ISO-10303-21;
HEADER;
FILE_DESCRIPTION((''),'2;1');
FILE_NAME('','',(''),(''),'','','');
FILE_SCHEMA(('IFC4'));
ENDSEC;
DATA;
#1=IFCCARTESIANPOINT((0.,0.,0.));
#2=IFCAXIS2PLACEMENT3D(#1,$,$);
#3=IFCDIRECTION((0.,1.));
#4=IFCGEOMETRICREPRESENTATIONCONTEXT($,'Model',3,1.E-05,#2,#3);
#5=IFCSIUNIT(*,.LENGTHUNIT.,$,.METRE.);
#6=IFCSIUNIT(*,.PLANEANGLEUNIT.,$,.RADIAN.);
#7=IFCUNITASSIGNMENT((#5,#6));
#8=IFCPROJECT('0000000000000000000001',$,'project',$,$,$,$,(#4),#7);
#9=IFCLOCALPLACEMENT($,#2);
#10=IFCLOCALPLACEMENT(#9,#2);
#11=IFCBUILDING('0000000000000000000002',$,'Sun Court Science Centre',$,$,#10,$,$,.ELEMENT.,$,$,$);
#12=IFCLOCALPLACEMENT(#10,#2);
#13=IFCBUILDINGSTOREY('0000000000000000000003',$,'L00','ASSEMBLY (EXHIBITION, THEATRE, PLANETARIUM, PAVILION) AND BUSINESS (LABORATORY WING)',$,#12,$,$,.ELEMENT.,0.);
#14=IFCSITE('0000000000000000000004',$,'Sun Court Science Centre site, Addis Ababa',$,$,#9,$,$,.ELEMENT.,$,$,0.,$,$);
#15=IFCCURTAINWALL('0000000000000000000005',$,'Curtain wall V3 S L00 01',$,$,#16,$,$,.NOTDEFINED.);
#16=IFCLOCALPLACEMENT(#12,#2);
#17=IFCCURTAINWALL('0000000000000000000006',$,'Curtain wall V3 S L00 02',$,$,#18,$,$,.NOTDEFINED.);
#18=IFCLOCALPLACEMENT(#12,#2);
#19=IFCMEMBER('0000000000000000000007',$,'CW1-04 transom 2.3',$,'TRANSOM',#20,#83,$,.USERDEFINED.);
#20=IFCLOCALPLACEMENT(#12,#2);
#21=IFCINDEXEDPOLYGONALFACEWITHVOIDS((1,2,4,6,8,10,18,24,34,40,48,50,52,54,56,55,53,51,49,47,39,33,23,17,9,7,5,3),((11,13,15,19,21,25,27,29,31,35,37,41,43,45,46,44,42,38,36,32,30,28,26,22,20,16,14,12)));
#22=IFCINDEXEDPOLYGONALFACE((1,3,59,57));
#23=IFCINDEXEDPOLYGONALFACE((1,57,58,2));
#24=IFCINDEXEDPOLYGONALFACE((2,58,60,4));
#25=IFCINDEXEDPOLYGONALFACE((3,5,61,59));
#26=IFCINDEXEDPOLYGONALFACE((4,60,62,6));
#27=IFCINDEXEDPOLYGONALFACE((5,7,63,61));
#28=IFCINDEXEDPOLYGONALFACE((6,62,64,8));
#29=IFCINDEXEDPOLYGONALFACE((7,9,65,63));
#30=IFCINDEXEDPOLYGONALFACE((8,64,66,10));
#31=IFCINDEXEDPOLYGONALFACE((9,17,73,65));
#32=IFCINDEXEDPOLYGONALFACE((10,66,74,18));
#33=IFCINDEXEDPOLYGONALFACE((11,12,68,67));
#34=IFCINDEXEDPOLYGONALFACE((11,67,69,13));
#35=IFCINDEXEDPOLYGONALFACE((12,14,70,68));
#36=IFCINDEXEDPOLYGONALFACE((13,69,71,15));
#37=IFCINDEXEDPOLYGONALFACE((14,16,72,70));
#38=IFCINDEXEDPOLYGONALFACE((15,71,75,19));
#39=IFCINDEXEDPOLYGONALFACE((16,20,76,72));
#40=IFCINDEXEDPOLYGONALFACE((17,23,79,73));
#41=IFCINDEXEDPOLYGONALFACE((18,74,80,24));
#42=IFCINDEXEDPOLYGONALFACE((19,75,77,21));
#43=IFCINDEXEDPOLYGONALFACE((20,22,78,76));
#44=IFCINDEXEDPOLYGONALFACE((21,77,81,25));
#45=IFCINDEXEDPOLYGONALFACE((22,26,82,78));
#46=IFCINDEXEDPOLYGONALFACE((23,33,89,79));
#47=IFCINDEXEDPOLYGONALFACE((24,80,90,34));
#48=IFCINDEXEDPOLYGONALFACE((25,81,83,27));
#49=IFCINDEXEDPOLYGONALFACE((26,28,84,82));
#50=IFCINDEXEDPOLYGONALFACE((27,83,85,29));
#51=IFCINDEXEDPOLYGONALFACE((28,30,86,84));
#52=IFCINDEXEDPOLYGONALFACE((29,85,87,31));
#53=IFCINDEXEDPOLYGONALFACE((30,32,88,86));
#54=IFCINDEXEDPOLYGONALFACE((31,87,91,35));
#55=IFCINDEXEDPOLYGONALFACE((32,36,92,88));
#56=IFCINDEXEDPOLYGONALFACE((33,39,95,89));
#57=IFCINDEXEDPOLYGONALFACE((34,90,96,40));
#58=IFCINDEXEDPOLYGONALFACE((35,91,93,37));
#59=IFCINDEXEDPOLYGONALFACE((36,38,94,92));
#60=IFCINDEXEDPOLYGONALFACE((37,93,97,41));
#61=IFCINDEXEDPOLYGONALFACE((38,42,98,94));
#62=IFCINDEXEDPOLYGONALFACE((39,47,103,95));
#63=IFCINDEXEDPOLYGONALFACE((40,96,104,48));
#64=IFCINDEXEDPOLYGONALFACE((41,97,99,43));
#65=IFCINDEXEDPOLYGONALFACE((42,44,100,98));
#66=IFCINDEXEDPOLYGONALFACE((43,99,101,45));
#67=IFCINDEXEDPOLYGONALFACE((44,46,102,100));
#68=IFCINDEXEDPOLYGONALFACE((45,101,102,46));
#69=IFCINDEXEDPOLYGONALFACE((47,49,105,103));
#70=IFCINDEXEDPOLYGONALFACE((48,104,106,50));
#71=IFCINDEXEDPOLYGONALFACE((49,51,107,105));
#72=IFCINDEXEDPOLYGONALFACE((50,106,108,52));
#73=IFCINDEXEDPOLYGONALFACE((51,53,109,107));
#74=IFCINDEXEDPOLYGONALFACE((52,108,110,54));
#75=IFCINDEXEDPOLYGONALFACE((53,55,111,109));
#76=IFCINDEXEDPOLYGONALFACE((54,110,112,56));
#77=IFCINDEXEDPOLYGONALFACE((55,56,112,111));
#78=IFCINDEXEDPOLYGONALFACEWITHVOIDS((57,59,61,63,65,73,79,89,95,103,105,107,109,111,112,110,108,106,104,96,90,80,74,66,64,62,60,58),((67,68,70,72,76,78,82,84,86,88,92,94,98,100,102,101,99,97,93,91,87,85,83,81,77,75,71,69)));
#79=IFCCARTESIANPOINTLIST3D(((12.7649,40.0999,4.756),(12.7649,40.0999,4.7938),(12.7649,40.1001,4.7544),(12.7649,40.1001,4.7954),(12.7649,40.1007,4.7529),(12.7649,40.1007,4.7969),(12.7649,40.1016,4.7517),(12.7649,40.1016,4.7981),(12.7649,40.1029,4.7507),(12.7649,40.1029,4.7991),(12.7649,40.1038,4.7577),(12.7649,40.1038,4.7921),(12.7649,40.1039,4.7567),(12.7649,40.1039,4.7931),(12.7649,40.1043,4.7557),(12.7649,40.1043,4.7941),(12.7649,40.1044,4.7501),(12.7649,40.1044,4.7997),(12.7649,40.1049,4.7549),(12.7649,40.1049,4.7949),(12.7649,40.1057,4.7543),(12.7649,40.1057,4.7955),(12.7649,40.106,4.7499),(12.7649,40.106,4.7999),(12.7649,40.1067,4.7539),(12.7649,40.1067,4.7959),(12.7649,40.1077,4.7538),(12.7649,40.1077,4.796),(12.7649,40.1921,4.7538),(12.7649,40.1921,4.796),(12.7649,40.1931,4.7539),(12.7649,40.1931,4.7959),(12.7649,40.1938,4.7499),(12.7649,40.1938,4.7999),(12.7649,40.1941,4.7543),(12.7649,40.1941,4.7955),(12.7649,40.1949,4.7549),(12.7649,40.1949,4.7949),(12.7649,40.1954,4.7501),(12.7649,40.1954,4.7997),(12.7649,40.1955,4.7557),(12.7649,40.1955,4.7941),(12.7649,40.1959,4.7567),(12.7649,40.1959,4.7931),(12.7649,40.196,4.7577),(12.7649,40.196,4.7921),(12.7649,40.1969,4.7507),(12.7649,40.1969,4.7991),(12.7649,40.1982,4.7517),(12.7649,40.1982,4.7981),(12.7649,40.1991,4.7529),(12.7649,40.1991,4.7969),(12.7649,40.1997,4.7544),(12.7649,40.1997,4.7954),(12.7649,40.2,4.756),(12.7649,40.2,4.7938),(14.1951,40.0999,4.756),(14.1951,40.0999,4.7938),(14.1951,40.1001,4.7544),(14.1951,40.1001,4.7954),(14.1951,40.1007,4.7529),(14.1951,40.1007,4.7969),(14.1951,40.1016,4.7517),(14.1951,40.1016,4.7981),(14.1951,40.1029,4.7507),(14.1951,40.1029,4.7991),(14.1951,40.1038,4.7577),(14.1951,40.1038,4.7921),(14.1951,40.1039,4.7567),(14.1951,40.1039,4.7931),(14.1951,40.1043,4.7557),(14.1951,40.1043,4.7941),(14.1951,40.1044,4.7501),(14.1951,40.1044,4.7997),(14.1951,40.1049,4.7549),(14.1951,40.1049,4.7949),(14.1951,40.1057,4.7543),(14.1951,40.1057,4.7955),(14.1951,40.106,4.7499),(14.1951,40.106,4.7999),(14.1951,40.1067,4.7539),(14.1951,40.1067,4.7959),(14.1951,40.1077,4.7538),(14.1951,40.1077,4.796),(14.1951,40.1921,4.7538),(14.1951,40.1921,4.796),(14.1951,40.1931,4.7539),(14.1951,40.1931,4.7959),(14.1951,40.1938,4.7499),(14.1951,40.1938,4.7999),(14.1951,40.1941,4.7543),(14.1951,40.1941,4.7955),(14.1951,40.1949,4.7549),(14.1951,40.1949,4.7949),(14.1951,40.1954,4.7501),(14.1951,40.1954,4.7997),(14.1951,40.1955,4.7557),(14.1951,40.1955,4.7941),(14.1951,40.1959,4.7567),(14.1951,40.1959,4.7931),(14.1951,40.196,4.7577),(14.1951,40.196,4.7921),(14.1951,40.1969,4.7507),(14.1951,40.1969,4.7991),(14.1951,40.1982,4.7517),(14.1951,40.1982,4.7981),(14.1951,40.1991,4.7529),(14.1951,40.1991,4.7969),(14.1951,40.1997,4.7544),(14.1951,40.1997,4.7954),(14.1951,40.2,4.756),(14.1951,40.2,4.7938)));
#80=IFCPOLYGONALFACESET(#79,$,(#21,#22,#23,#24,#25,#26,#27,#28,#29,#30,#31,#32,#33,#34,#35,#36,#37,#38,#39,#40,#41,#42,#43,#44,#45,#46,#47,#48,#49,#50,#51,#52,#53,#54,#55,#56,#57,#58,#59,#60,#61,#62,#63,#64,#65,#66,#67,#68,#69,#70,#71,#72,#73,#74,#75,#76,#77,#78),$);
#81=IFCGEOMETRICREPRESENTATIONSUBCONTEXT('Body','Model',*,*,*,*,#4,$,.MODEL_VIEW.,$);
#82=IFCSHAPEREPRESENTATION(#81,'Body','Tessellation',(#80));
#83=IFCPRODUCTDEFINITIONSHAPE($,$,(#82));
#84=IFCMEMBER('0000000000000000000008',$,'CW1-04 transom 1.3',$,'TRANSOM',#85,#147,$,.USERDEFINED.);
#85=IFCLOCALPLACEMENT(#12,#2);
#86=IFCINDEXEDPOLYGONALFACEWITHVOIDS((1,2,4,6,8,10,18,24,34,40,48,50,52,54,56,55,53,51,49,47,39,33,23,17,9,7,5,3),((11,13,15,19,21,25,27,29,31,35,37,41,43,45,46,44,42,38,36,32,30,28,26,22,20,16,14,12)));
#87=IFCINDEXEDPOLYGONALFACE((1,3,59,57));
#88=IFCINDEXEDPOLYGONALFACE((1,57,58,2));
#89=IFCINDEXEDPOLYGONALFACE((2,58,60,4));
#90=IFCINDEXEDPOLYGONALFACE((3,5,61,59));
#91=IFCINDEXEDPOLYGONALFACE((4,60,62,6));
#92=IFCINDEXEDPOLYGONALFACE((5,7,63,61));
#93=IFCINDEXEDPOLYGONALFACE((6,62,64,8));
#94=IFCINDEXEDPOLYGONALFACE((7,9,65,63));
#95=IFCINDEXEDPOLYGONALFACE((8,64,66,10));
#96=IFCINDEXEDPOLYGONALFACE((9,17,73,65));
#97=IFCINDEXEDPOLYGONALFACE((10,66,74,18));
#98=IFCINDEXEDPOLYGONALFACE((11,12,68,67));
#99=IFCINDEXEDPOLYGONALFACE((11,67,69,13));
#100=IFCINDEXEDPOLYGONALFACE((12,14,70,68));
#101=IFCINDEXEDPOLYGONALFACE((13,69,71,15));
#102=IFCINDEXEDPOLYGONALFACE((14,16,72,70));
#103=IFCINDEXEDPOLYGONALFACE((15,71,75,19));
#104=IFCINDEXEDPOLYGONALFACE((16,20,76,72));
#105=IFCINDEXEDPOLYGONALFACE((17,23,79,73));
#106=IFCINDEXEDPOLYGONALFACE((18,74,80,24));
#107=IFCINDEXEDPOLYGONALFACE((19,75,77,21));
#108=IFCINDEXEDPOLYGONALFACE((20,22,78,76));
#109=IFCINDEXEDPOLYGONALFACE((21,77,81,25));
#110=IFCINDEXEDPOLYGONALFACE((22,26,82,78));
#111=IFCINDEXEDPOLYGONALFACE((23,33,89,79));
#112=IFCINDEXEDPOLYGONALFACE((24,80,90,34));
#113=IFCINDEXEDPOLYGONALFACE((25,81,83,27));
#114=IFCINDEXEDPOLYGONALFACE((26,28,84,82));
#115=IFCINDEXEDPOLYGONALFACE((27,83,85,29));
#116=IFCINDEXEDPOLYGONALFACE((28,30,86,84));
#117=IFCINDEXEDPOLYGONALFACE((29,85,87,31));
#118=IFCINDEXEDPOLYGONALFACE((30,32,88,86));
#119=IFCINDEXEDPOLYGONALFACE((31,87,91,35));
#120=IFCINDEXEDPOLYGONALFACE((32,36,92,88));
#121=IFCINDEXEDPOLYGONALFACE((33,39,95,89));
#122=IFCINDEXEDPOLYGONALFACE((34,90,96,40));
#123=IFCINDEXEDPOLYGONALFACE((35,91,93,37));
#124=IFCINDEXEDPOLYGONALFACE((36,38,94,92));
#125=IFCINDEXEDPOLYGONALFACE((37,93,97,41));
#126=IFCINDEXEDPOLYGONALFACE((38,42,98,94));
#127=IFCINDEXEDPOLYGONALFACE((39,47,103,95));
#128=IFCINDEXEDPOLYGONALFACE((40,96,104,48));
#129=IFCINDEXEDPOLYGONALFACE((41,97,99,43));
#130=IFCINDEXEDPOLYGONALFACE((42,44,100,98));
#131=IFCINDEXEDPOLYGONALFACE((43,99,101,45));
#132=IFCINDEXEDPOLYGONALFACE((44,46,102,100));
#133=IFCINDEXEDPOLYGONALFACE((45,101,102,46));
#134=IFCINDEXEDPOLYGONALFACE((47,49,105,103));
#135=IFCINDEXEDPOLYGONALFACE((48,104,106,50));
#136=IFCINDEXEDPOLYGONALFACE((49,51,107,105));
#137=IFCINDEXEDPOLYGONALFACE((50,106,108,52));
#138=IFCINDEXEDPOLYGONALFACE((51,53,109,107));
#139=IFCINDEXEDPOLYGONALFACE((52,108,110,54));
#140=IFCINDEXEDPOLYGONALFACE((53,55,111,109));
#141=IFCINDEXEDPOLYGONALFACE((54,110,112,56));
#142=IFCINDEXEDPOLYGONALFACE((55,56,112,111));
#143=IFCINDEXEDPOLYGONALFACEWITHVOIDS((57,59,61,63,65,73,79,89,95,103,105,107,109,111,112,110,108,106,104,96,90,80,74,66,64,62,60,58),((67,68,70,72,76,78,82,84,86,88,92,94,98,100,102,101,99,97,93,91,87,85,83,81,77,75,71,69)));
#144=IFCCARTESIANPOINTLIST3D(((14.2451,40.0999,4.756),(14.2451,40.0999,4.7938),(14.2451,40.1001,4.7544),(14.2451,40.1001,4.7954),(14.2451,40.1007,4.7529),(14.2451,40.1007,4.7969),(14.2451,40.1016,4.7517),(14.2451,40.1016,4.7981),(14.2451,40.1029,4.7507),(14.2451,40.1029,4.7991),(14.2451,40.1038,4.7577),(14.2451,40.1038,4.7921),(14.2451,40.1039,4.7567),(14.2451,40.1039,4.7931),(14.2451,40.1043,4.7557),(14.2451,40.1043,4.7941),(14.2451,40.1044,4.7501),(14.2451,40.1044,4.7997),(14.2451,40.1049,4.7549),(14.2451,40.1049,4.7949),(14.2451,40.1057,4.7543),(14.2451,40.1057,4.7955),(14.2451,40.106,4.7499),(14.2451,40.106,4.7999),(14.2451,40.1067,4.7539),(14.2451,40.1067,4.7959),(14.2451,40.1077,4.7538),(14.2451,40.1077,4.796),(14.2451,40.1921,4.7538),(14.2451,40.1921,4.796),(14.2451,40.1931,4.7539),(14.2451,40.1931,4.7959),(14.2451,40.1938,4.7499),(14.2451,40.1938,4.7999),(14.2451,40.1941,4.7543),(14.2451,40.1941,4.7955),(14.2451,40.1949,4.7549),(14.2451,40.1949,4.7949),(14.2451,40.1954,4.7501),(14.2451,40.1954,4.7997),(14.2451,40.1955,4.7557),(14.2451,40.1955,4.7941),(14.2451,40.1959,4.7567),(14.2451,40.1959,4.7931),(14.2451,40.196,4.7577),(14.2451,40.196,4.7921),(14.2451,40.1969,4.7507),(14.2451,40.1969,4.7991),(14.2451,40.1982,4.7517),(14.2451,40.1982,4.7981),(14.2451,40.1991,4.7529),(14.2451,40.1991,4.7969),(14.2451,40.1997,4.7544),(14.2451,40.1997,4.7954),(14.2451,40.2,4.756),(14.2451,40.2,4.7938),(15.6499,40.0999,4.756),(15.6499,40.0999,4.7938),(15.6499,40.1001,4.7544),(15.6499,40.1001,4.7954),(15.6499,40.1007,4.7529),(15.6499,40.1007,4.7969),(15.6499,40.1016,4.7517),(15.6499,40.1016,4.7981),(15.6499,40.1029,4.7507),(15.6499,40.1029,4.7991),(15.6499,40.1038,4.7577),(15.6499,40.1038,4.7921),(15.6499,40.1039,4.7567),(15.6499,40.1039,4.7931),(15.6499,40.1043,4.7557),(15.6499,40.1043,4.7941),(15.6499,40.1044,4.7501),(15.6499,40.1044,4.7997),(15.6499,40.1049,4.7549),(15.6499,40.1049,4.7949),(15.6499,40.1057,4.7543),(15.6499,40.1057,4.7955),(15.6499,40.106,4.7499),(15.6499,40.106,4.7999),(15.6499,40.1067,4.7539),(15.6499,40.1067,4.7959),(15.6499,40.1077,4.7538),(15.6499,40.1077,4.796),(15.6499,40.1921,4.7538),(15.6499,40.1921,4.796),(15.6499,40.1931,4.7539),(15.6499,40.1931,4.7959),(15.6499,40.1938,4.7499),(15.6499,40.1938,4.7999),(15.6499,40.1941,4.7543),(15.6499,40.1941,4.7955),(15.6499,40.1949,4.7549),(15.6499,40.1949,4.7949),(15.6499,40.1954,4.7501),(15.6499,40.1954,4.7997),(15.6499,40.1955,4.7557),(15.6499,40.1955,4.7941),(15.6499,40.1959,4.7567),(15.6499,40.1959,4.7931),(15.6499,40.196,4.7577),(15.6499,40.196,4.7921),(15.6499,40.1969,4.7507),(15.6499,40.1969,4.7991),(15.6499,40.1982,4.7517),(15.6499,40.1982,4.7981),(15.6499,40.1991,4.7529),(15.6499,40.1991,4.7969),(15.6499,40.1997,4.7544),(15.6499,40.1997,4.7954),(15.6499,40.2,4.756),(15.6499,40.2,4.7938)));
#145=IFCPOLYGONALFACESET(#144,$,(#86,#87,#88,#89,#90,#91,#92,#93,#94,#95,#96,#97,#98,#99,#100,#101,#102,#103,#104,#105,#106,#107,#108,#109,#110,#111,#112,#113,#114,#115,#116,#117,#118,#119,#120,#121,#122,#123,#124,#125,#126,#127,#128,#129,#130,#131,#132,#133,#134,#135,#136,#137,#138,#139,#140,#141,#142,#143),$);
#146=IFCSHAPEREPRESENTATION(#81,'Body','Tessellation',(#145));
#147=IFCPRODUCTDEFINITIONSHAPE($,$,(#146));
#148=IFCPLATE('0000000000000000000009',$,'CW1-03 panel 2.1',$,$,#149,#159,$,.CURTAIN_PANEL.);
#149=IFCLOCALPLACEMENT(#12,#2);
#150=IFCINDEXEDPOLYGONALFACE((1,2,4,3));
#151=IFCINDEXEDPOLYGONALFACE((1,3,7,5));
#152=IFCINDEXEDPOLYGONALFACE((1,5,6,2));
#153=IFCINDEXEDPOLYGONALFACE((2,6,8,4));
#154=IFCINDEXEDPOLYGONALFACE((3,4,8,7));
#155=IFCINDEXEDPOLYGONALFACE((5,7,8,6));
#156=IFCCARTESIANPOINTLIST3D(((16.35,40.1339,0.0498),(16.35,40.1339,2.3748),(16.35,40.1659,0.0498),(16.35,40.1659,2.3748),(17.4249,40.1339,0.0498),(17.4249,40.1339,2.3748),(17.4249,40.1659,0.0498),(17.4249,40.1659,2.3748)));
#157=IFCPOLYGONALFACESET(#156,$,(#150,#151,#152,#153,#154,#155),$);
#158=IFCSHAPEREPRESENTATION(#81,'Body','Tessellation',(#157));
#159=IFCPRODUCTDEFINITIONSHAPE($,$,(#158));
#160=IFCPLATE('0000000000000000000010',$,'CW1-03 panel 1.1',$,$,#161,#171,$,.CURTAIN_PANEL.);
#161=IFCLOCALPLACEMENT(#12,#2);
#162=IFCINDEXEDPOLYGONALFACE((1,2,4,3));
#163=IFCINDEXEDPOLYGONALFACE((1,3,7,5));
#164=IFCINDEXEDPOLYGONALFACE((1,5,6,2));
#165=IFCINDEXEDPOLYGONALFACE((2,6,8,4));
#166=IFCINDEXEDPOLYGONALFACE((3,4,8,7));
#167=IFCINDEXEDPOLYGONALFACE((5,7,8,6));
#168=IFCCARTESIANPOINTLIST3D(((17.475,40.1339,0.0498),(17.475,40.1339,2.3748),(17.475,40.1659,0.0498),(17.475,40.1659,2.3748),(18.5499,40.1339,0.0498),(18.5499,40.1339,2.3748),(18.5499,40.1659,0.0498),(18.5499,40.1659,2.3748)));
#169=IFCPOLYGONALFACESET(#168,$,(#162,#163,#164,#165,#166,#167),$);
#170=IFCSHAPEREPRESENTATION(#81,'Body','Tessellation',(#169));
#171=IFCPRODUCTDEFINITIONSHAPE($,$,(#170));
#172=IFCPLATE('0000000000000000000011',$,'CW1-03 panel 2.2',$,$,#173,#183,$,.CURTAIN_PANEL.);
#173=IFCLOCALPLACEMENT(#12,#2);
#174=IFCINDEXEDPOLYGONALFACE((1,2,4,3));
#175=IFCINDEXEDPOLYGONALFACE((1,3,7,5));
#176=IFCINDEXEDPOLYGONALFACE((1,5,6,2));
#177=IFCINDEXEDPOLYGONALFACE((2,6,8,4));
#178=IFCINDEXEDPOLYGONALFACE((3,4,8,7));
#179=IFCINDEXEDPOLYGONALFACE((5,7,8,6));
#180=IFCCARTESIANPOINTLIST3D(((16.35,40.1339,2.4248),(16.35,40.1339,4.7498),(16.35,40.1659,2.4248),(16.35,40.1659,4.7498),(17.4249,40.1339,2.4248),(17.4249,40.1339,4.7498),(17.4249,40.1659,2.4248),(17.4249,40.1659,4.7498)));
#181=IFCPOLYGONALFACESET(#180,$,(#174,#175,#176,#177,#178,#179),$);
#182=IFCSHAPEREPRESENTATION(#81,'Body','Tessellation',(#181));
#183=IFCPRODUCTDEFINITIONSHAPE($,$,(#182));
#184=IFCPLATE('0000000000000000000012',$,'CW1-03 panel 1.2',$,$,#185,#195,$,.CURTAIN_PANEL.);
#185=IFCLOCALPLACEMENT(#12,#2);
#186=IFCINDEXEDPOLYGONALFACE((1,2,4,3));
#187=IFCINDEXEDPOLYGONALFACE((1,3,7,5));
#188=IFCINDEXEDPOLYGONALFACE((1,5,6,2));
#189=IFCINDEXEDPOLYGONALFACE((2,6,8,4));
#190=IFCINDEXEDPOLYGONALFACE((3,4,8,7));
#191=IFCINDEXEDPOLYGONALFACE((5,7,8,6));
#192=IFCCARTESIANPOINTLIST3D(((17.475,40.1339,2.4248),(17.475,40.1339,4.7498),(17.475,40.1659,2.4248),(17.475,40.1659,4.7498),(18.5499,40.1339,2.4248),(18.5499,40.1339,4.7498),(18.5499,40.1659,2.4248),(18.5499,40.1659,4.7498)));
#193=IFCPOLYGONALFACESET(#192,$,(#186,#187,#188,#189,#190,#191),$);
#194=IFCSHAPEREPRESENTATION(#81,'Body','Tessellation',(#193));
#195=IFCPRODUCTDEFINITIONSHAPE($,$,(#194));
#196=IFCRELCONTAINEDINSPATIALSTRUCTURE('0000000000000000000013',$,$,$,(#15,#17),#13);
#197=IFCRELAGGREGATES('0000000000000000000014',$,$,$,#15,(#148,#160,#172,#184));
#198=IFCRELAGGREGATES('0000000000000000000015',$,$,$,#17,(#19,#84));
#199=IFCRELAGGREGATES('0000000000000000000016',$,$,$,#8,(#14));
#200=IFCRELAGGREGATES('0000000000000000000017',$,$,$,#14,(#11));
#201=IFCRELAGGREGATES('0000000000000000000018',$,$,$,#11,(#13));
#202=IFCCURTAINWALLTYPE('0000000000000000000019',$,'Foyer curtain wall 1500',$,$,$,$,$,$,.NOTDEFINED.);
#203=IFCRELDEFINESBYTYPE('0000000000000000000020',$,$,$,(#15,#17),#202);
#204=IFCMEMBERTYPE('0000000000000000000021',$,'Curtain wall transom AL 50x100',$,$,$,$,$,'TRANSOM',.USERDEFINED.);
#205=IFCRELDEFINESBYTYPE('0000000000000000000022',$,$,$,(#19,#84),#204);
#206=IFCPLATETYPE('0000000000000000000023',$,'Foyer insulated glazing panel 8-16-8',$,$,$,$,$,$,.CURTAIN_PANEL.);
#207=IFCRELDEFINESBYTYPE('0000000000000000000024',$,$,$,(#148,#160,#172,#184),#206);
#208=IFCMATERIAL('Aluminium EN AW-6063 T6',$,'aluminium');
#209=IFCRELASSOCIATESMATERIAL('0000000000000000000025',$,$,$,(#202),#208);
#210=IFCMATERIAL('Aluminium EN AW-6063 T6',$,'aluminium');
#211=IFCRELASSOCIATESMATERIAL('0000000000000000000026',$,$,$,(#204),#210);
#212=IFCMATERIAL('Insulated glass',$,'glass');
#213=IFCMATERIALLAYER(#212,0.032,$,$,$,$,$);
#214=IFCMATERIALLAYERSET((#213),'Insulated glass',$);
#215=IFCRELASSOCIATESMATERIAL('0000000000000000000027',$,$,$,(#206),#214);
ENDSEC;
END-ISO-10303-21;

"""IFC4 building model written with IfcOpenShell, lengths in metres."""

from ifc_helpers import new_model, si_unit, direction, frame, origin, origin_2d, place, context, subcontext, project, spatial, rectangle, hollow_rectangle, extrude, material, layer, layer_set, material_profile, profile_set, type_object, element, aggregate, save


model = new_model("IFC4")

# Units and contexts
model_context = context("Model", 3, precision=1e-05, world=origin(), true_north=direction((0.0, 1.0)))
body_context = subcontext(model_context, "Body", "Model", "MODEL_VIEW")
ifc_project = project(units=[si_unit("LENGTHUNIT", "METRE"), si_unit("PLANEANGLEUNIT", "RADIAN")], contexts=[model_context])

# Site, building, storey
site_placement = place(None, origin())
site = spatial("IfcSite", under=ifc_project, at=site_placement, Name="Sun Court Science Centre site, Addis Ababa", CompositionType="ELEMENT", RefElevation=0.0)
building_placement = place(site_placement, origin())
building = spatial("IfcBuilding", under=site, at=building_placement, Name="Sun Court Science Centre", CompositionType="ELEMENT")
storey_placement = place(building_placement, origin())
storey = spatial("IfcBuildingStorey", under=building, at=storey_placement, Name="L00", Description="ASSEMBLY (EXHIBITION, THEATRE, PLANETARIUM, PAVILION) AND BUSINESS (LABORATORY WING)", CompositionType="ELEMENT", Elevation=0.0)

# Curtain walls
ifc_material_1 = material(Name="Aluminium EN AW-6063 T6", Category="aluminium")
curtain_wall_type = type_object("IfcCurtainWallType", Name="Foyer curtain wall 1500", PredefinedType="NOTDEFINED", material=ifc_material_1)
curtain_wall_1_placement = place(storey_placement, origin())
curtain_wall_1 = element("IfcCurtainWall", 1, at=curtain_wall_1_placement, inside=storey, type_object=curtain_wall_type, Name="Curtain wall V3 S L00 01", PredefinedType="NOTDEFINED")
curtain_wall_2_placement = place(storey_placement, origin())
curtain_wall_2 = element("IfcCurtainWall", 2, at=curtain_wall_2_placement, inside=storey, type_object=curtain_wall_type, Name="Curtain wall V3 S L00 02", PredefinedType="NOTDEFINED")

# Members
ifc_material_2 = material(Name="Aluminium EN AW-6063 T6", Category="aluminium")
ifc_material_profile_1 = material_profile(ifc_material_2, hollow_rectangle(XDim=0.05, YDim=0.1001, WallThickness=0.0039, InnerFilletRadius=0.0039, OuterFilletRadius=0.0061, at=origin_2d()), Name="AL 50x100x4")
ifc_profile_set_1 = profile_set([ifc_material_profile_1], Name="Aluminium EN AW-6063 T6")
member_type_1 = type_object("IfcMemberType", Name="Curtain wall transom AL 50x100", ElementType="TRANSOM", PredefinedType="USERDEFINED", material=ifc_profile_set_1)
member_1_placement = place(storey_placement, frame((14.1951, 40.1499, 4.7749), z_axis=(-1.0, 0.0, 0.0), x_axis=(0.0, 0.0, 1.0)))
member_1 = element("IfcMember", 3, at=member_1_placement, type_object=member_type_1, Name="CW1-04 transom 2.3", ObjectType="TRANSOM", PredefinedType="USERDEFINED", context=body_context, shape_type="SweptSolid", body=[
    extrude(hollow_rectangle(XDim=0.05, YDim=0.1001, WallThickness=0.0039, InnerFilletRadius=0.0039, OuterFilletRadius=0.0061, at=origin_2d()), origin(), (0.0, 0.0, 1.0), 1.4302),
])
member_2_placement = place(storey_placement, frame((15.6499, 40.1499, 4.7749), z_axis=(-1.0, 0.0, 0.0), x_axis=(0.0, 0.0, 1.0)))
member_2 = element("IfcMember", 4, at=member_2_placement, type_object=member_type_1, Name="CW1-04 transom 1.3", ObjectType="TRANSOM", PredefinedType="USERDEFINED", context=body_context, shape_type="SweptSolid", body=[
    extrude(hollow_rectangle(XDim=0.05, YDim=0.1001, WallThickness=0.0039, InnerFilletRadius=0.0039, OuterFilletRadius=0.0061, at=origin_2d()), origin(), (0.0, 0.0, 1.0), 1.4048),
])

# Plates
ifc_material_3 = material(Name="Insulated glass", Category="glass")
ifc_layer_1 = layer(ifc_material_3, 0.032)
ifc_layer_set_1 = layer_set([ifc_layer_1], Name="Insulated glass")
plate_type = type_object("IfcPlateType", Name="Foyer insulated glazing panel 8-16-8", PredefinedType="CURTAIN_PANEL", material=ifc_layer_set_1)
plate_1_placement = place(storey_placement, frame((16.8875, 40.1499, 0.0498), z_axis=(0.0, 0.0, 1.0), x_axis=(-1.0, 0.0, 0.0)))
plate_1 = element("IfcPlate", 5, at=plate_1_placement, type_object=plate_type, Name="CW1-03 panel 2.1", PredefinedType="CURTAIN_PANEL", context=body_context, shape_type="SweptSolid", body=[
    extrude(rectangle(XDim=1.075, YDim=0.032, at=origin_2d()), origin(), (0.0, 0.0, 1.0), 2.325),
])
plate_2_placement = place(storey_placement, frame((18.0125, 40.1499, 0.0498), z_axis=(0.0, 0.0, 1.0), x_axis=(-1.0, 0.0, 0.0)))
plate_2 = element("IfcPlate", 6, at=plate_2_placement, type_object=plate_type, Name="CW1-03 panel 1.1", PredefinedType="CURTAIN_PANEL", context=body_context, shape_type="SweptSolid", body=[
    extrude(rectangle(XDim=1.075, YDim=0.032, at=origin_2d()), origin(), (0.0, 0.0, 1.0), 2.325),
])
plate_3_placement = place(storey_placement, frame((16.8875, 40.1499, 2.4248), z_axis=(0.0, 0.0, 1.0), x_axis=(-1.0, 0.0, 0.0)))
plate_3 = element("IfcPlate", 7, at=plate_3_placement, type_object=plate_type, Name="CW1-03 panel 2.2", PredefinedType="CURTAIN_PANEL", context=body_context, shape_type="SweptSolid", body=[
    extrude(rectangle(XDim=1.075, YDim=0.032, at=origin_2d()), origin(), (0.0, 0.0, 1.0), 2.325),
])
plate_4_placement = place(storey_placement, frame((18.0125, 40.1499, 2.4248), z_axis=(0.0, 0.0, 1.0), x_axis=(-1.0, 0.0, 0.0)))
plate_4 = element("IfcPlate", 8, at=plate_4_placement, type_object=plate_type, Name="CW1-03 panel 1.2", PredefinedType="CURTAIN_PANEL", context=body_context, shape_type="SweptSolid", body=[
    extrude(rectangle(XDim=1.075, YDim=0.032, at=origin_2d()), origin(), (0.0, 0.0, 1.0), 2.325),
])
aggregate(curtain_wall_1, [plate_1, plate_2, plate_3, plate_4])
aggregate(curtain_wall_2, [member_1, member_2])

save(model, "model.ifc")
